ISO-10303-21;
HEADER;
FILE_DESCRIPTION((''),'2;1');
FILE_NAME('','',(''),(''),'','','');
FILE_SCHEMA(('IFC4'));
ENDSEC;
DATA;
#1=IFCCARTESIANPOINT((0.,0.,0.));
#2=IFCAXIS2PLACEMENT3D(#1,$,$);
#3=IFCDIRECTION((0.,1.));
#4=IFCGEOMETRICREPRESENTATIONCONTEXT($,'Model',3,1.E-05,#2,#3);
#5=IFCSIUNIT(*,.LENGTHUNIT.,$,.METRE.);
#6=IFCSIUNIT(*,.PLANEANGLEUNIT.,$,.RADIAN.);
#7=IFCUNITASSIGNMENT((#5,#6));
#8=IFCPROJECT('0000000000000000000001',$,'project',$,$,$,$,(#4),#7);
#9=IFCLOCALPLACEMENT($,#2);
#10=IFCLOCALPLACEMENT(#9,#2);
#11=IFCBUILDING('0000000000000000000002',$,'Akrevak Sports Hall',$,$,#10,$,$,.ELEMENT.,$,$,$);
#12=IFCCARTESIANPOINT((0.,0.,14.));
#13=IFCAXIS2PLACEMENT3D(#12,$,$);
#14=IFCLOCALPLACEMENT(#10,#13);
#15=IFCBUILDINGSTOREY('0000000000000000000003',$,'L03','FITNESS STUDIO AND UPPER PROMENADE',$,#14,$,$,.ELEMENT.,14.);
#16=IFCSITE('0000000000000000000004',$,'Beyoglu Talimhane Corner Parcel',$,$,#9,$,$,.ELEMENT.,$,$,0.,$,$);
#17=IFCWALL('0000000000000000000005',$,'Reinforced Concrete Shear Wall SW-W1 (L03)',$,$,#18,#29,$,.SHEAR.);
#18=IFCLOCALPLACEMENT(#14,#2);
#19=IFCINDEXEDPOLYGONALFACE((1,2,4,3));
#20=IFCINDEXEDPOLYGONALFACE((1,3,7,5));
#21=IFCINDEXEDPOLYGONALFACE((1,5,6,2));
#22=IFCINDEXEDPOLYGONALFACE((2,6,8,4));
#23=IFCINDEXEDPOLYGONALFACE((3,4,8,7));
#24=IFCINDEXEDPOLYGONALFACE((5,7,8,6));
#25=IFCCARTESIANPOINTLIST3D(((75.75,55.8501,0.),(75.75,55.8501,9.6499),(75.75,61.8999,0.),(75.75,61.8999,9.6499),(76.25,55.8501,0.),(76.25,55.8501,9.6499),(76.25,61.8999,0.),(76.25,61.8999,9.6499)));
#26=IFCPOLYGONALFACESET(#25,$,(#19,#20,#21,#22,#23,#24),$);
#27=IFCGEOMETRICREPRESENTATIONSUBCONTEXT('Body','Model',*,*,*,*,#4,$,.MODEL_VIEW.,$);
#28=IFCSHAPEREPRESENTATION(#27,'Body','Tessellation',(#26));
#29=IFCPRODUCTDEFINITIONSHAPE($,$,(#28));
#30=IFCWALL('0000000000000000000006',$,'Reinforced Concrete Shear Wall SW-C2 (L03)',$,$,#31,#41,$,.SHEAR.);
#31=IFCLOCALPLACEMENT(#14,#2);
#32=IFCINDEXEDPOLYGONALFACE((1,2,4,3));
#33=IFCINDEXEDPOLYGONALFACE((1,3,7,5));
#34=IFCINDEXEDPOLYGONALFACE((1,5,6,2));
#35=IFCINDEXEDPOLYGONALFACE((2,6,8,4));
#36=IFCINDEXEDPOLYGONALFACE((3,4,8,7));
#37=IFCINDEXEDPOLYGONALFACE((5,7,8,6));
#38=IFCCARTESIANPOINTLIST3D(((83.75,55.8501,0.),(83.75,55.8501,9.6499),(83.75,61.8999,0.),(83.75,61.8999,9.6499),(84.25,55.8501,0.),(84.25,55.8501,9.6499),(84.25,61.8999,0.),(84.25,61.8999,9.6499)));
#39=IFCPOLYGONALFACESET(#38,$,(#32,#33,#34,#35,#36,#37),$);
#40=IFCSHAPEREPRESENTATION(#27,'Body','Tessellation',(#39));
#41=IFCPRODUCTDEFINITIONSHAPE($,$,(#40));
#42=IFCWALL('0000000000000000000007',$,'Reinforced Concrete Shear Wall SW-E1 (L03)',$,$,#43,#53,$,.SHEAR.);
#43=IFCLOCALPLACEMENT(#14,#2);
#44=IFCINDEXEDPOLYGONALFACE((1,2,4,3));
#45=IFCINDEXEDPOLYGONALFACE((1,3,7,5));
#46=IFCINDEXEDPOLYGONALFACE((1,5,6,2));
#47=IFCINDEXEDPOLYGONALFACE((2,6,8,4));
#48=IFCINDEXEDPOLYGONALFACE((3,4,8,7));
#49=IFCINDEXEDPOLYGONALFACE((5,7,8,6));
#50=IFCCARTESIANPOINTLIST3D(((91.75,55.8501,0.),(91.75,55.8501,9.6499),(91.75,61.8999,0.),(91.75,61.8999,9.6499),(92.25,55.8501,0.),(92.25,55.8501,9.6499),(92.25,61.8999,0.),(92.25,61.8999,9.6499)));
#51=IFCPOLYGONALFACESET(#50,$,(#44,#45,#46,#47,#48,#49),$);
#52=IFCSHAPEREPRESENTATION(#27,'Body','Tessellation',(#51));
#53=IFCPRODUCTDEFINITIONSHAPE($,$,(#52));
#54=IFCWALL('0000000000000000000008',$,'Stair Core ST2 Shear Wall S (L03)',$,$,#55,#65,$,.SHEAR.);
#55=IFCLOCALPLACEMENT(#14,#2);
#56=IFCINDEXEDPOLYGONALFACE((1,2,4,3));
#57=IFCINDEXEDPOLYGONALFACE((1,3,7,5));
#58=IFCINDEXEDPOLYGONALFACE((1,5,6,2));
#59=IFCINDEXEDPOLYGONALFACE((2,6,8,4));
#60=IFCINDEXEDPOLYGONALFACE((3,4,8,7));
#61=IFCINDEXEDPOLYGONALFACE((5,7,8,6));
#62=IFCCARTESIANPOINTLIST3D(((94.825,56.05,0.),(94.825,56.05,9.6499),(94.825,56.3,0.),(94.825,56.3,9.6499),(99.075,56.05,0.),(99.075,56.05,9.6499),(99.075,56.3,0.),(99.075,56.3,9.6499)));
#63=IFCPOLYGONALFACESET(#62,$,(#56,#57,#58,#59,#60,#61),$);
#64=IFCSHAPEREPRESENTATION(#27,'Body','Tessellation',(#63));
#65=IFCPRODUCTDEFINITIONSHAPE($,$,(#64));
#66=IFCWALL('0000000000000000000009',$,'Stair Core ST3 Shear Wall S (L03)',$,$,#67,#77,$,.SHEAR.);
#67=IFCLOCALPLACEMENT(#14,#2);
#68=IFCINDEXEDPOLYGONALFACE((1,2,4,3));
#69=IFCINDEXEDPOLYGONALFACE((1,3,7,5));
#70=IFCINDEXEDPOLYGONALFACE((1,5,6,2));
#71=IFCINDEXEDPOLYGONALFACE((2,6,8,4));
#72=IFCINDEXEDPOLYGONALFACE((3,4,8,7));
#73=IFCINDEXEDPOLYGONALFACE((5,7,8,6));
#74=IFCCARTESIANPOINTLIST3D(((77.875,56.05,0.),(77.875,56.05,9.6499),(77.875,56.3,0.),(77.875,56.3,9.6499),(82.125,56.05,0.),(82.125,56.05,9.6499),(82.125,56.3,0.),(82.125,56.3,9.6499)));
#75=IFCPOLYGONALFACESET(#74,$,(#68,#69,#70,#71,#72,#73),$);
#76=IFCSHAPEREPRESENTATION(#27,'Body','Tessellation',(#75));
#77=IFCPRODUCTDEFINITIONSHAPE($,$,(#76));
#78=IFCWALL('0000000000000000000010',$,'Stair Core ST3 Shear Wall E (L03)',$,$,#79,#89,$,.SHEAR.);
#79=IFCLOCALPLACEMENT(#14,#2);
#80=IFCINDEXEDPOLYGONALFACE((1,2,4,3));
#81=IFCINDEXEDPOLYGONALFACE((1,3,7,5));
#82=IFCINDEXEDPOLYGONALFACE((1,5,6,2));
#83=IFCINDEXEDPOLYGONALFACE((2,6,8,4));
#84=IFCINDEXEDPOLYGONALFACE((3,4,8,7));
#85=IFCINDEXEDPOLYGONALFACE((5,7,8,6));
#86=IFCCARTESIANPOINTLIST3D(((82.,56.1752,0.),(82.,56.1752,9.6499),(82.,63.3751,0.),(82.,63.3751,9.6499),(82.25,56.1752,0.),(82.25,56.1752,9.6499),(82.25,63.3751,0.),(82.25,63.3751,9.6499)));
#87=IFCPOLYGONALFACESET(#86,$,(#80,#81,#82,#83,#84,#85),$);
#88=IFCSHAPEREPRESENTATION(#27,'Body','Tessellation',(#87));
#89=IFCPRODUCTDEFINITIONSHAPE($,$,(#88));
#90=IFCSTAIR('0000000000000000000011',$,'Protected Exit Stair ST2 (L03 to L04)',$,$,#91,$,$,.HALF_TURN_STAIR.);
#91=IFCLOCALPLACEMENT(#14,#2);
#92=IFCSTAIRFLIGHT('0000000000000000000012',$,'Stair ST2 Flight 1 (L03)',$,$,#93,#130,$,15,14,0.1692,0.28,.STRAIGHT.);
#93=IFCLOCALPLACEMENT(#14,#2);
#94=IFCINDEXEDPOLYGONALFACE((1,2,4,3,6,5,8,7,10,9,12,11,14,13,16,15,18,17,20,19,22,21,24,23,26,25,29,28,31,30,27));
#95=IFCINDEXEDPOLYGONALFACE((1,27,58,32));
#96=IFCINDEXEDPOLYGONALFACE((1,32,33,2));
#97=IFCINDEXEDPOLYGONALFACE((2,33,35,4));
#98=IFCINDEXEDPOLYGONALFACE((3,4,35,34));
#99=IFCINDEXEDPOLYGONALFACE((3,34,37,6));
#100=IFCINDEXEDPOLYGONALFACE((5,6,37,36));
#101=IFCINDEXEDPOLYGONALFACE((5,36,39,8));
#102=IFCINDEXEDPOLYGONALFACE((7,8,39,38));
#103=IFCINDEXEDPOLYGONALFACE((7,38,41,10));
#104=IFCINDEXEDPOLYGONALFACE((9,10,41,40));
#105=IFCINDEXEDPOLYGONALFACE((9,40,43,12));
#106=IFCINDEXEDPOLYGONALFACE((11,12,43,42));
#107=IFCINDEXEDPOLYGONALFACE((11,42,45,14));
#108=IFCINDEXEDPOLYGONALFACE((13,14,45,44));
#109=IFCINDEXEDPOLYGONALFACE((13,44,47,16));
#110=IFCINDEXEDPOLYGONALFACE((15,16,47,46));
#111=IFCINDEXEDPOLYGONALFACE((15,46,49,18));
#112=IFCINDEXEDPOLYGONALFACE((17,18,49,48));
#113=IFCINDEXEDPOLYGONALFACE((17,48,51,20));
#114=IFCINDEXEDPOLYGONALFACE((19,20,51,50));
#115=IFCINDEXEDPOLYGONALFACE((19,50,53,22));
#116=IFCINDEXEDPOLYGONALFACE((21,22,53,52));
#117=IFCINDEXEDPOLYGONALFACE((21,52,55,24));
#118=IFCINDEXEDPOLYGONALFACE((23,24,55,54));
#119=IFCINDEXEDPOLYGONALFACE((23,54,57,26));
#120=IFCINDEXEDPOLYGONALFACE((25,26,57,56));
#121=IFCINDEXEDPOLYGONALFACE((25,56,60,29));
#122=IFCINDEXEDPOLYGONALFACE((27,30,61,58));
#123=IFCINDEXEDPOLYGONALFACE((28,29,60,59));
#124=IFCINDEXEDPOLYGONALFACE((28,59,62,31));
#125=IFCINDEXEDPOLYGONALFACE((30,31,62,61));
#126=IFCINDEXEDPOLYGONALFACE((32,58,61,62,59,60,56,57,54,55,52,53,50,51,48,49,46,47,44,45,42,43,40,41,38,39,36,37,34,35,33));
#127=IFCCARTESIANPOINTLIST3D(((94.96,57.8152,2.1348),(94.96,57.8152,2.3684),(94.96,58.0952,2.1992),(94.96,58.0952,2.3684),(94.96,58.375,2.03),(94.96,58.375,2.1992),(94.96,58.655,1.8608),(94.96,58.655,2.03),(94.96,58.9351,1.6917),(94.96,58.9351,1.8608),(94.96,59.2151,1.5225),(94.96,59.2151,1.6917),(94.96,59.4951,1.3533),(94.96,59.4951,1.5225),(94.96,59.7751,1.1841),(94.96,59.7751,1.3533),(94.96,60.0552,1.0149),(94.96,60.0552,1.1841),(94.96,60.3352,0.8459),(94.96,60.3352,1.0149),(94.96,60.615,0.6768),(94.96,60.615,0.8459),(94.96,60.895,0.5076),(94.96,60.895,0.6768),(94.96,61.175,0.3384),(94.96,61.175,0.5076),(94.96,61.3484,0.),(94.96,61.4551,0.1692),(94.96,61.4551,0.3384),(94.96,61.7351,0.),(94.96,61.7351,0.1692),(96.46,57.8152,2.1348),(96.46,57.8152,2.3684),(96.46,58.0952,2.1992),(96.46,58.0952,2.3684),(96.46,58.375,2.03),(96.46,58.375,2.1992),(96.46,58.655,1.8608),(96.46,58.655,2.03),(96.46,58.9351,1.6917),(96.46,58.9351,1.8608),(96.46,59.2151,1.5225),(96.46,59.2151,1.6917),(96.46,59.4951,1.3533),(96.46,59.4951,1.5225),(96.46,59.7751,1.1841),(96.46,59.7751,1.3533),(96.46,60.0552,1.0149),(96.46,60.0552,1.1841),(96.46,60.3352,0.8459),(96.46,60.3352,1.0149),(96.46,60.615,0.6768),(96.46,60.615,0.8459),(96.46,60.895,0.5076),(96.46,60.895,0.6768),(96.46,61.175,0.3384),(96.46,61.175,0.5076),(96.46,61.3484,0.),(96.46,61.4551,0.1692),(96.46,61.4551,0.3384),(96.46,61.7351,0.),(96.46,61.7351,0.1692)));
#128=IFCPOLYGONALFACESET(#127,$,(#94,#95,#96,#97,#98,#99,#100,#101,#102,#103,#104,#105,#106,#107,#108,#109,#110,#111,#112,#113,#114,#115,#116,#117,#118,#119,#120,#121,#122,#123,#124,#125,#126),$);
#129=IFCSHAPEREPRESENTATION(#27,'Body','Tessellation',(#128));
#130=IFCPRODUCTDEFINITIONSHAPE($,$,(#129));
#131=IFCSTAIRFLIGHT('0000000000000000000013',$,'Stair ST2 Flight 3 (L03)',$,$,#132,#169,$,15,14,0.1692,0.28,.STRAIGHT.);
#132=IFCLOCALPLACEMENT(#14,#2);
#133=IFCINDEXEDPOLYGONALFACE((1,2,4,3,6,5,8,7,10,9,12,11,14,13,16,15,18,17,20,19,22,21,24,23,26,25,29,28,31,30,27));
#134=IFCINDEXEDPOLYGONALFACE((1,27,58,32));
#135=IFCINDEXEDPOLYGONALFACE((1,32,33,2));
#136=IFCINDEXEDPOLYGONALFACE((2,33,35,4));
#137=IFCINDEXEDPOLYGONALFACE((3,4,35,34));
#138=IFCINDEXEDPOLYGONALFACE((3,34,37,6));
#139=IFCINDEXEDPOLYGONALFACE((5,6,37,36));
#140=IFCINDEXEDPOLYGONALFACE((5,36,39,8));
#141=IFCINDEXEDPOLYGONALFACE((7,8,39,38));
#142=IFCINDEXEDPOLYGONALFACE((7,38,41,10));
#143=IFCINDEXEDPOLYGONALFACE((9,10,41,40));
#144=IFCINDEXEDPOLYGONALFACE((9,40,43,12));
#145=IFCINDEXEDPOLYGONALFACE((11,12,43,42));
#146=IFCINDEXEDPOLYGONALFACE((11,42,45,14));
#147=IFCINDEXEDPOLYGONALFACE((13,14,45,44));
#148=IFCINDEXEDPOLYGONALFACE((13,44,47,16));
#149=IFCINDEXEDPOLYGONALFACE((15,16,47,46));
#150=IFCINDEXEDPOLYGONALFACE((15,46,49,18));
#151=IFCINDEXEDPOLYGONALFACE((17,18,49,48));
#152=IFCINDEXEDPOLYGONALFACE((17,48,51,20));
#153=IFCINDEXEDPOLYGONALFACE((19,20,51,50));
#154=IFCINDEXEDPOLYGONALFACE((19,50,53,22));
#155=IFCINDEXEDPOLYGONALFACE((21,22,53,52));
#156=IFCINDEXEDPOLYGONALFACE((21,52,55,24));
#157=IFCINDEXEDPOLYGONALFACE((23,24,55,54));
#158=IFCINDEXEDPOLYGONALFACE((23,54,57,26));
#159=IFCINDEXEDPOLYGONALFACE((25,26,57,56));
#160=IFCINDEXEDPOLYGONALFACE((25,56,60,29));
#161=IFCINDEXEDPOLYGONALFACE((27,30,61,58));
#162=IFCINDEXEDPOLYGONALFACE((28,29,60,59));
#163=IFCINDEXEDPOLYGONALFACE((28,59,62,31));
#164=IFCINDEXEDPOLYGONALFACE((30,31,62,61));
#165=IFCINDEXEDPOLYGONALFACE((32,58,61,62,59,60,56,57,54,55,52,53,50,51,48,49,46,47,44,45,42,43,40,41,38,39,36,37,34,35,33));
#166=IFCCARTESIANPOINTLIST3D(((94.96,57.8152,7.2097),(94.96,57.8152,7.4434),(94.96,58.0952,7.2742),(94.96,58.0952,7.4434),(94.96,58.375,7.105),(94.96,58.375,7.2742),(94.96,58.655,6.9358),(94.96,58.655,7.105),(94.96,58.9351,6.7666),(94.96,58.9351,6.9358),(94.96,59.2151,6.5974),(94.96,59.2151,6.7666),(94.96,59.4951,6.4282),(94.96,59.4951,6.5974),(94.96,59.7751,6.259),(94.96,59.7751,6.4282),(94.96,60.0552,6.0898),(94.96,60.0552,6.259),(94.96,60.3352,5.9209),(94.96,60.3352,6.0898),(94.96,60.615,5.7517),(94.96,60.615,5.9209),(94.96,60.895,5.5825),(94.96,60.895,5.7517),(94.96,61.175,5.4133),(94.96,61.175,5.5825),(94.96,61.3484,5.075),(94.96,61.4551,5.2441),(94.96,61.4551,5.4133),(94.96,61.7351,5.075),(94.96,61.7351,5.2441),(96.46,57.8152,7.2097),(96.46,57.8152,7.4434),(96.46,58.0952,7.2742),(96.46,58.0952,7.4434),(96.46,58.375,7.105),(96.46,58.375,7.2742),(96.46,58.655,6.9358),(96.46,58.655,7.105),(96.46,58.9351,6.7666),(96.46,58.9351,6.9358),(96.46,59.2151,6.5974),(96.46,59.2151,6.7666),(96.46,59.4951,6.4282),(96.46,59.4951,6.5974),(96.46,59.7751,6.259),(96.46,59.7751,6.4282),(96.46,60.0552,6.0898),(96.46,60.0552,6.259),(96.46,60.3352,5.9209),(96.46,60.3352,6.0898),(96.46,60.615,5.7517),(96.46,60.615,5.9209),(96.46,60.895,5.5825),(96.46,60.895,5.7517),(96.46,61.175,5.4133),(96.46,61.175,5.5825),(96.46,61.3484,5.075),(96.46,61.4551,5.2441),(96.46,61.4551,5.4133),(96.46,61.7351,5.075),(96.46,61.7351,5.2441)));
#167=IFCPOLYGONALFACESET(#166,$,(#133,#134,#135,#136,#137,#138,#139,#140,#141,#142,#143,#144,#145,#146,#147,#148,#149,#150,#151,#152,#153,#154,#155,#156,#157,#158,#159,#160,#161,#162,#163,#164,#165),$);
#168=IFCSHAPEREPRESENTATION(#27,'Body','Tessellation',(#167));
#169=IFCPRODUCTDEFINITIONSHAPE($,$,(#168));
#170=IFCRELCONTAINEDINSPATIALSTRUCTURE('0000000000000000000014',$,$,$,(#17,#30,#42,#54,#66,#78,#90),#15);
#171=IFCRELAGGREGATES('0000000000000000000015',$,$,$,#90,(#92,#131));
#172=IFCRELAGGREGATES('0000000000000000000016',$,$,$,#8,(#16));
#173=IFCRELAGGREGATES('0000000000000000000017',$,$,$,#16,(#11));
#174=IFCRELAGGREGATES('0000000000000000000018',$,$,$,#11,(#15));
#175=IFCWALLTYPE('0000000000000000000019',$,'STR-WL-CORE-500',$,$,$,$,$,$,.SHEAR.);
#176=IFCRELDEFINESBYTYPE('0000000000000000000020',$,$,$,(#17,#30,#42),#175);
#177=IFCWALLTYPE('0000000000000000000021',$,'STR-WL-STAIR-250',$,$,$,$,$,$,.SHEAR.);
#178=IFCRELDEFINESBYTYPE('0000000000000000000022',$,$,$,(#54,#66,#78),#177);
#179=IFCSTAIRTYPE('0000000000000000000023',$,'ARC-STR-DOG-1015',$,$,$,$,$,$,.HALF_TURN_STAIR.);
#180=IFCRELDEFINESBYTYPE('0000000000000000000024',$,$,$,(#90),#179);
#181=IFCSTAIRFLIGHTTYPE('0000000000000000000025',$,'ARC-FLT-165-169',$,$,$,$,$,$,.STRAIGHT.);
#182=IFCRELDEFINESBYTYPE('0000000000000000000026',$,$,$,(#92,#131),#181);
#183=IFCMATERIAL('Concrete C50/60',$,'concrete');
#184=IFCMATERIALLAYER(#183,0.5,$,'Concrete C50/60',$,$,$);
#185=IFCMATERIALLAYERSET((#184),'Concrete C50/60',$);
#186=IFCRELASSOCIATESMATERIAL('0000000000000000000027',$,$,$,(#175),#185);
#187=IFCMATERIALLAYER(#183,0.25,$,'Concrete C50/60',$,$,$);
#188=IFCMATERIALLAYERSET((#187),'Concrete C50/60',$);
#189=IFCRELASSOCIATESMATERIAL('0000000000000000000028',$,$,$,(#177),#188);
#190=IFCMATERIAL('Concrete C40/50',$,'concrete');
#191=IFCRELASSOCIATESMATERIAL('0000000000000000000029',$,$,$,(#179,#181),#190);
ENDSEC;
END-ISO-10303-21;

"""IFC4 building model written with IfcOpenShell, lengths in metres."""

from ifc_helpers import new_model, si_unit, direction, frame, frame_2d, origin, place, context, subcontext, project, spatial, polyline, rectangle, outline, extrude, material, layer, layer_set, type_object, element, aggregate, save


model = new_model("IFC4")

# Units and contexts
model_context = context("Model", 3, precision=1e-05, world=origin(), true_north=direction((0.0, 1.0)))
body_context = subcontext(model_context, "Body", "Model", "MODEL_VIEW")
ifc_project = project(units=[si_unit("LENGTHUNIT", "METRE"), si_unit("PLANEANGLEUNIT", "RADIAN")], contexts=[model_context])

# Site, building, storey
site_placement = place(None, origin())
site = spatial("IfcSite", under=ifc_project, at=site_placement, Name="Beyoglu Talimhane Corner Parcel", CompositionType="ELEMENT", RefElevation=0.0)
building_placement = place(site_placement, origin())
building = spatial("IfcBuilding", under=site, at=building_placement, Name="Akrevak Sports Hall", CompositionType="ELEMENT")
storey_placement = place(building_placement, frame((0.0, 0.0, 14.0)))
storey = spatial("IfcBuildingStorey", under=building, at=storey_placement, Name="L03", Description="FITNESS STUDIO AND UPPER PROMENADE", CompositionType="ELEMENT", Elevation=14.0)

# Shared definitions
ifc_material_1 = material(Name="Concrete C50/60", Category="concrete")

# Shared definitions
ifc_material_2 = material(Name="Concrete C40/50", Category="concrete")

# Walls
ifc_layer_1 = layer(ifc_material_1, 0.5, Name="Concrete C50/60")
ifc_layer_set_1 = layer_set([ifc_layer_1], Name="Concrete C50/60")
wall_type_1 = type_object("IfcWallType", Name="STR-WL-CORE-500", PredefinedType="SHEAR", material=ifc_layer_set_1)
for number, where, z_axis, x_axis, name in (
    (1, (76.0, 55.8501, 0.0), (0.0, 0.0, 1.0), (0.0, 1.0, 0.0), "Reinforced Concrete Shear Wall SW-W1 (L03)"),
    (2, (84.0, 55.8501, 0.0), (0.0, 0.0, 1.0), (0.0, 1.0, 0.0), "Reinforced Concrete Shear Wall SW-C2 (L03)"),
    (3, (92.0, 55.8501, 0.0), (0.0, 0.0, 1.0), (0.0, 1.0, 0.0), "Reinforced Concrete Shear Wall SW-E1 (L03)"),
):
    element("IfcWall", number, at=place(storey_placement, frame(where, z_axis=z_axis, x_axis=x_axis)), inside=storey, type_object=wall_type_1, Name=name, PredefinedType="SHEAR", context=body_context, shape_type="SweptSolid", body=[
        extrude(rectangle(XDim=6.0498, YDim=0.5, at=frame_2d((3.0249, 0.0))), origin(), (0.0, 0.0, 1.0), 9.6499),
    ])
ifc_layer_2 = layer(ifc_material_1, 0.25, Name="Concrete C50/60")
ifc_layer_set_2 = layer_set([ifc_layer_2], Name="Concrete C50/60")
wall_type_2 = type_object("IfcWallType", Name="STR-WL-STAIR-250", PredefinedType="SHEAR", material=ifc_layer_set_2)
for number, where, z_axis, x_axis, name in (
    (4, (94.825, 56.175, 0.0), (0.0, 0.0, 1.0), (1.0, 0.0, 0.0), "Stair Core ST2 Shear Wall S (L03)"),
    (5, (77.875, 56.175, 0.0), (0.0, 0.0, 1.0), (1.0, 0.0, 0.0), "Stair Core ST3 Shear Wall S (L03)"),
):
    element("IfcWall", number, at=place(storey_placement, frame(where, z_axis=z_axis, x_axis=x_axis)), inside=storey, type_object=wall_type_2, Name=name, PredefinedType="SHEAR", context=body_context, shape_type="SweptSolid", body=[
        extrude(rectangle(XDim=4.25, YDim=0.25, at=frame_2d((2.125, 0.0))), origin(), (0.0, 0.0, 1.0), 9.6499),
    ])
wall_1_placement = place(storey_placement, frame((82.125, 56.175, 0.0), z_axis=(0.0, 0.0, 1.0), x_axis=(0.0, 1.0, 0.0)))
element("IfcWall", 6, at=wall_1_placement, inside=storey, type_object=wall_type_2, Name="Stair Core ST3 Shear Wall E (L03)", PredefinedType="SHEAR", context=body_context, shape_type="SweptSolid", body=[
    extrude(rectangle(XDim=7.2, YDim=0.25, at=frame_2d((3.6001, 0.0))), origin(), (0.0, 0.0, 1.0), 9.6499),
])

# Stair, stair flights
stair_type = type_object("IfcStairType", Name="ARC-STR-DOG-1015", PredefinedType="HALF_TURN_STAIR", material=ifc_material_2)
stair_1_placement = place(storey_placement, origin())
stair_1 = element("IfcStair", 7, at=stair_1_placement, inside=storey, type_object=stair_type, Name="Protected Exit Stair ST2 (L03 to L04)", PredefinedType="HALF_TURN_STAIR")
stair_flight_type = type_object("IfcStairFlightType", Name="ARC-FLT-165-169", PredefinedType="STRAIGHT", material=ifc_material_2)
stair_flight_1_placement = place(storey_placement, frame((95.71, 61.7351, 0.0), z_axis=(0.0, 0.0, 1.0), x_axis=(0.0, -1.0, 0.0)))
stair_flight_1 = element("IfcStairFlight", 8, at=stair_flight_1_placement, type_object=stair_flight_type, Name="Stair ST2 Flight 1 (L03)", NumberOfRisers=15, NumberOfTreads=14, PredefinedType="STRAIGHT", RiserHeight=0.1692, TreadLength=0.28, context=body_context, shape_type="SweptSolid", body=[
    extrude(outline(polyline([(0.0, 0.0), (0.0, 0.1692), (0.28, 0.1692), (0.28, 0.3384), (0.5601, 0.3384), (0.5601, 0.5076), (0.8401, 0.5076), (0.8401, 0.6768), (1.1201, 0.6768), (1.1201, 0.8459), (1.3999, 0.8459), (1.3999, 1.0149), (1.6799, 1.0149), (1.6799, 1.1841), (1.96, 1.1841), (1.96, 1.3533), (2.24, 1.3533), (2.24, 1.5225), (2.52, 1.5225), (2.52, 1.6917), (2.8, 1.6917), (2.8, 1.8608), (3.0801, 1.8608), (3.0801, 2.03), (3.3601, 2.03), (3.3601, 2.1992), (3.6399, 2.1992), (3.6399, 2.3684), (3.9199, 2.3684), (3.9199, 2.5376), (3.9199, 2.1348), (0.3867, 0.0), (0.0, 0.0)])), frame((0.0, 0.75, 0.0), z_axis=(0.0, -1.0, 0.0), x_axis=(1.0, 0.0, 0.0)), (0.0, 0.0, 1.0), 1.5),
])
stair_flight_2_placement = place(storey_placement, frame((95.71, 61.7351, 5.075), z_axis=(0.0, 0.0, 1.0), x_axis=(0.0, -1.0, 0.0)))
stair_flight_2 = element("IfcStairFlight", 9, at=stair_flight_2_placement, type_object=stair_flight_type, Name="Stair ST2 Flight 3 (L03)", NumberOfRisers=15, NumberOfTreads=14, PredefinedType="STRAIGHT", RiserHeight=0.1692, TreadLength=0.28, context=body_context, shape_type="SweptSolid", body=[
    extrude(outline(polyline([(0.0, 0.0), (0.0, 0.1692), (0.28, 0.1692), (0.28, 0.3384), (0.5601, 0.3384), (0.5601, 0.5076), (0.8401, 0.5076), (0.8401, 0.6768), (1.1201, 0.6768), (1.1201, 0.8459), (1.3999, 0.8459), (1.3999, 1.0149), (1.6799, 1.0149), (1.6799, 1.1841), (1.96, 1.1841), (1.96, 1.3533), (2.24, 1.3533), (2.24, 1.5225), (2.52, 1.5225), (2.52, 1.6917), (2.8, 1.6917), (2.8, 1.8608), (3.0801, 1.8608), (3.0801, 2.03), (3.3601, 2.03), (3.3601, 2.1992), (3.6399, 2.1992), (3.6399, 2.3684), (3.9199, 2.3684), (3.9199, 2.5376), (3.9199, 2.1348), (0.3867, 0.0), (0.0, 0.0)])), frame((0.0, 0.75, 0.0), z_axis=(0.0, -1.0, 0.0), x_axis=(1.0, 0.0, 0.0)), (0.0, 0.0, 1.0), 1.5),
])
aggregate(stair_1, [stair_flight_1, stair_flight_2])

save(model, "model.ifc")
